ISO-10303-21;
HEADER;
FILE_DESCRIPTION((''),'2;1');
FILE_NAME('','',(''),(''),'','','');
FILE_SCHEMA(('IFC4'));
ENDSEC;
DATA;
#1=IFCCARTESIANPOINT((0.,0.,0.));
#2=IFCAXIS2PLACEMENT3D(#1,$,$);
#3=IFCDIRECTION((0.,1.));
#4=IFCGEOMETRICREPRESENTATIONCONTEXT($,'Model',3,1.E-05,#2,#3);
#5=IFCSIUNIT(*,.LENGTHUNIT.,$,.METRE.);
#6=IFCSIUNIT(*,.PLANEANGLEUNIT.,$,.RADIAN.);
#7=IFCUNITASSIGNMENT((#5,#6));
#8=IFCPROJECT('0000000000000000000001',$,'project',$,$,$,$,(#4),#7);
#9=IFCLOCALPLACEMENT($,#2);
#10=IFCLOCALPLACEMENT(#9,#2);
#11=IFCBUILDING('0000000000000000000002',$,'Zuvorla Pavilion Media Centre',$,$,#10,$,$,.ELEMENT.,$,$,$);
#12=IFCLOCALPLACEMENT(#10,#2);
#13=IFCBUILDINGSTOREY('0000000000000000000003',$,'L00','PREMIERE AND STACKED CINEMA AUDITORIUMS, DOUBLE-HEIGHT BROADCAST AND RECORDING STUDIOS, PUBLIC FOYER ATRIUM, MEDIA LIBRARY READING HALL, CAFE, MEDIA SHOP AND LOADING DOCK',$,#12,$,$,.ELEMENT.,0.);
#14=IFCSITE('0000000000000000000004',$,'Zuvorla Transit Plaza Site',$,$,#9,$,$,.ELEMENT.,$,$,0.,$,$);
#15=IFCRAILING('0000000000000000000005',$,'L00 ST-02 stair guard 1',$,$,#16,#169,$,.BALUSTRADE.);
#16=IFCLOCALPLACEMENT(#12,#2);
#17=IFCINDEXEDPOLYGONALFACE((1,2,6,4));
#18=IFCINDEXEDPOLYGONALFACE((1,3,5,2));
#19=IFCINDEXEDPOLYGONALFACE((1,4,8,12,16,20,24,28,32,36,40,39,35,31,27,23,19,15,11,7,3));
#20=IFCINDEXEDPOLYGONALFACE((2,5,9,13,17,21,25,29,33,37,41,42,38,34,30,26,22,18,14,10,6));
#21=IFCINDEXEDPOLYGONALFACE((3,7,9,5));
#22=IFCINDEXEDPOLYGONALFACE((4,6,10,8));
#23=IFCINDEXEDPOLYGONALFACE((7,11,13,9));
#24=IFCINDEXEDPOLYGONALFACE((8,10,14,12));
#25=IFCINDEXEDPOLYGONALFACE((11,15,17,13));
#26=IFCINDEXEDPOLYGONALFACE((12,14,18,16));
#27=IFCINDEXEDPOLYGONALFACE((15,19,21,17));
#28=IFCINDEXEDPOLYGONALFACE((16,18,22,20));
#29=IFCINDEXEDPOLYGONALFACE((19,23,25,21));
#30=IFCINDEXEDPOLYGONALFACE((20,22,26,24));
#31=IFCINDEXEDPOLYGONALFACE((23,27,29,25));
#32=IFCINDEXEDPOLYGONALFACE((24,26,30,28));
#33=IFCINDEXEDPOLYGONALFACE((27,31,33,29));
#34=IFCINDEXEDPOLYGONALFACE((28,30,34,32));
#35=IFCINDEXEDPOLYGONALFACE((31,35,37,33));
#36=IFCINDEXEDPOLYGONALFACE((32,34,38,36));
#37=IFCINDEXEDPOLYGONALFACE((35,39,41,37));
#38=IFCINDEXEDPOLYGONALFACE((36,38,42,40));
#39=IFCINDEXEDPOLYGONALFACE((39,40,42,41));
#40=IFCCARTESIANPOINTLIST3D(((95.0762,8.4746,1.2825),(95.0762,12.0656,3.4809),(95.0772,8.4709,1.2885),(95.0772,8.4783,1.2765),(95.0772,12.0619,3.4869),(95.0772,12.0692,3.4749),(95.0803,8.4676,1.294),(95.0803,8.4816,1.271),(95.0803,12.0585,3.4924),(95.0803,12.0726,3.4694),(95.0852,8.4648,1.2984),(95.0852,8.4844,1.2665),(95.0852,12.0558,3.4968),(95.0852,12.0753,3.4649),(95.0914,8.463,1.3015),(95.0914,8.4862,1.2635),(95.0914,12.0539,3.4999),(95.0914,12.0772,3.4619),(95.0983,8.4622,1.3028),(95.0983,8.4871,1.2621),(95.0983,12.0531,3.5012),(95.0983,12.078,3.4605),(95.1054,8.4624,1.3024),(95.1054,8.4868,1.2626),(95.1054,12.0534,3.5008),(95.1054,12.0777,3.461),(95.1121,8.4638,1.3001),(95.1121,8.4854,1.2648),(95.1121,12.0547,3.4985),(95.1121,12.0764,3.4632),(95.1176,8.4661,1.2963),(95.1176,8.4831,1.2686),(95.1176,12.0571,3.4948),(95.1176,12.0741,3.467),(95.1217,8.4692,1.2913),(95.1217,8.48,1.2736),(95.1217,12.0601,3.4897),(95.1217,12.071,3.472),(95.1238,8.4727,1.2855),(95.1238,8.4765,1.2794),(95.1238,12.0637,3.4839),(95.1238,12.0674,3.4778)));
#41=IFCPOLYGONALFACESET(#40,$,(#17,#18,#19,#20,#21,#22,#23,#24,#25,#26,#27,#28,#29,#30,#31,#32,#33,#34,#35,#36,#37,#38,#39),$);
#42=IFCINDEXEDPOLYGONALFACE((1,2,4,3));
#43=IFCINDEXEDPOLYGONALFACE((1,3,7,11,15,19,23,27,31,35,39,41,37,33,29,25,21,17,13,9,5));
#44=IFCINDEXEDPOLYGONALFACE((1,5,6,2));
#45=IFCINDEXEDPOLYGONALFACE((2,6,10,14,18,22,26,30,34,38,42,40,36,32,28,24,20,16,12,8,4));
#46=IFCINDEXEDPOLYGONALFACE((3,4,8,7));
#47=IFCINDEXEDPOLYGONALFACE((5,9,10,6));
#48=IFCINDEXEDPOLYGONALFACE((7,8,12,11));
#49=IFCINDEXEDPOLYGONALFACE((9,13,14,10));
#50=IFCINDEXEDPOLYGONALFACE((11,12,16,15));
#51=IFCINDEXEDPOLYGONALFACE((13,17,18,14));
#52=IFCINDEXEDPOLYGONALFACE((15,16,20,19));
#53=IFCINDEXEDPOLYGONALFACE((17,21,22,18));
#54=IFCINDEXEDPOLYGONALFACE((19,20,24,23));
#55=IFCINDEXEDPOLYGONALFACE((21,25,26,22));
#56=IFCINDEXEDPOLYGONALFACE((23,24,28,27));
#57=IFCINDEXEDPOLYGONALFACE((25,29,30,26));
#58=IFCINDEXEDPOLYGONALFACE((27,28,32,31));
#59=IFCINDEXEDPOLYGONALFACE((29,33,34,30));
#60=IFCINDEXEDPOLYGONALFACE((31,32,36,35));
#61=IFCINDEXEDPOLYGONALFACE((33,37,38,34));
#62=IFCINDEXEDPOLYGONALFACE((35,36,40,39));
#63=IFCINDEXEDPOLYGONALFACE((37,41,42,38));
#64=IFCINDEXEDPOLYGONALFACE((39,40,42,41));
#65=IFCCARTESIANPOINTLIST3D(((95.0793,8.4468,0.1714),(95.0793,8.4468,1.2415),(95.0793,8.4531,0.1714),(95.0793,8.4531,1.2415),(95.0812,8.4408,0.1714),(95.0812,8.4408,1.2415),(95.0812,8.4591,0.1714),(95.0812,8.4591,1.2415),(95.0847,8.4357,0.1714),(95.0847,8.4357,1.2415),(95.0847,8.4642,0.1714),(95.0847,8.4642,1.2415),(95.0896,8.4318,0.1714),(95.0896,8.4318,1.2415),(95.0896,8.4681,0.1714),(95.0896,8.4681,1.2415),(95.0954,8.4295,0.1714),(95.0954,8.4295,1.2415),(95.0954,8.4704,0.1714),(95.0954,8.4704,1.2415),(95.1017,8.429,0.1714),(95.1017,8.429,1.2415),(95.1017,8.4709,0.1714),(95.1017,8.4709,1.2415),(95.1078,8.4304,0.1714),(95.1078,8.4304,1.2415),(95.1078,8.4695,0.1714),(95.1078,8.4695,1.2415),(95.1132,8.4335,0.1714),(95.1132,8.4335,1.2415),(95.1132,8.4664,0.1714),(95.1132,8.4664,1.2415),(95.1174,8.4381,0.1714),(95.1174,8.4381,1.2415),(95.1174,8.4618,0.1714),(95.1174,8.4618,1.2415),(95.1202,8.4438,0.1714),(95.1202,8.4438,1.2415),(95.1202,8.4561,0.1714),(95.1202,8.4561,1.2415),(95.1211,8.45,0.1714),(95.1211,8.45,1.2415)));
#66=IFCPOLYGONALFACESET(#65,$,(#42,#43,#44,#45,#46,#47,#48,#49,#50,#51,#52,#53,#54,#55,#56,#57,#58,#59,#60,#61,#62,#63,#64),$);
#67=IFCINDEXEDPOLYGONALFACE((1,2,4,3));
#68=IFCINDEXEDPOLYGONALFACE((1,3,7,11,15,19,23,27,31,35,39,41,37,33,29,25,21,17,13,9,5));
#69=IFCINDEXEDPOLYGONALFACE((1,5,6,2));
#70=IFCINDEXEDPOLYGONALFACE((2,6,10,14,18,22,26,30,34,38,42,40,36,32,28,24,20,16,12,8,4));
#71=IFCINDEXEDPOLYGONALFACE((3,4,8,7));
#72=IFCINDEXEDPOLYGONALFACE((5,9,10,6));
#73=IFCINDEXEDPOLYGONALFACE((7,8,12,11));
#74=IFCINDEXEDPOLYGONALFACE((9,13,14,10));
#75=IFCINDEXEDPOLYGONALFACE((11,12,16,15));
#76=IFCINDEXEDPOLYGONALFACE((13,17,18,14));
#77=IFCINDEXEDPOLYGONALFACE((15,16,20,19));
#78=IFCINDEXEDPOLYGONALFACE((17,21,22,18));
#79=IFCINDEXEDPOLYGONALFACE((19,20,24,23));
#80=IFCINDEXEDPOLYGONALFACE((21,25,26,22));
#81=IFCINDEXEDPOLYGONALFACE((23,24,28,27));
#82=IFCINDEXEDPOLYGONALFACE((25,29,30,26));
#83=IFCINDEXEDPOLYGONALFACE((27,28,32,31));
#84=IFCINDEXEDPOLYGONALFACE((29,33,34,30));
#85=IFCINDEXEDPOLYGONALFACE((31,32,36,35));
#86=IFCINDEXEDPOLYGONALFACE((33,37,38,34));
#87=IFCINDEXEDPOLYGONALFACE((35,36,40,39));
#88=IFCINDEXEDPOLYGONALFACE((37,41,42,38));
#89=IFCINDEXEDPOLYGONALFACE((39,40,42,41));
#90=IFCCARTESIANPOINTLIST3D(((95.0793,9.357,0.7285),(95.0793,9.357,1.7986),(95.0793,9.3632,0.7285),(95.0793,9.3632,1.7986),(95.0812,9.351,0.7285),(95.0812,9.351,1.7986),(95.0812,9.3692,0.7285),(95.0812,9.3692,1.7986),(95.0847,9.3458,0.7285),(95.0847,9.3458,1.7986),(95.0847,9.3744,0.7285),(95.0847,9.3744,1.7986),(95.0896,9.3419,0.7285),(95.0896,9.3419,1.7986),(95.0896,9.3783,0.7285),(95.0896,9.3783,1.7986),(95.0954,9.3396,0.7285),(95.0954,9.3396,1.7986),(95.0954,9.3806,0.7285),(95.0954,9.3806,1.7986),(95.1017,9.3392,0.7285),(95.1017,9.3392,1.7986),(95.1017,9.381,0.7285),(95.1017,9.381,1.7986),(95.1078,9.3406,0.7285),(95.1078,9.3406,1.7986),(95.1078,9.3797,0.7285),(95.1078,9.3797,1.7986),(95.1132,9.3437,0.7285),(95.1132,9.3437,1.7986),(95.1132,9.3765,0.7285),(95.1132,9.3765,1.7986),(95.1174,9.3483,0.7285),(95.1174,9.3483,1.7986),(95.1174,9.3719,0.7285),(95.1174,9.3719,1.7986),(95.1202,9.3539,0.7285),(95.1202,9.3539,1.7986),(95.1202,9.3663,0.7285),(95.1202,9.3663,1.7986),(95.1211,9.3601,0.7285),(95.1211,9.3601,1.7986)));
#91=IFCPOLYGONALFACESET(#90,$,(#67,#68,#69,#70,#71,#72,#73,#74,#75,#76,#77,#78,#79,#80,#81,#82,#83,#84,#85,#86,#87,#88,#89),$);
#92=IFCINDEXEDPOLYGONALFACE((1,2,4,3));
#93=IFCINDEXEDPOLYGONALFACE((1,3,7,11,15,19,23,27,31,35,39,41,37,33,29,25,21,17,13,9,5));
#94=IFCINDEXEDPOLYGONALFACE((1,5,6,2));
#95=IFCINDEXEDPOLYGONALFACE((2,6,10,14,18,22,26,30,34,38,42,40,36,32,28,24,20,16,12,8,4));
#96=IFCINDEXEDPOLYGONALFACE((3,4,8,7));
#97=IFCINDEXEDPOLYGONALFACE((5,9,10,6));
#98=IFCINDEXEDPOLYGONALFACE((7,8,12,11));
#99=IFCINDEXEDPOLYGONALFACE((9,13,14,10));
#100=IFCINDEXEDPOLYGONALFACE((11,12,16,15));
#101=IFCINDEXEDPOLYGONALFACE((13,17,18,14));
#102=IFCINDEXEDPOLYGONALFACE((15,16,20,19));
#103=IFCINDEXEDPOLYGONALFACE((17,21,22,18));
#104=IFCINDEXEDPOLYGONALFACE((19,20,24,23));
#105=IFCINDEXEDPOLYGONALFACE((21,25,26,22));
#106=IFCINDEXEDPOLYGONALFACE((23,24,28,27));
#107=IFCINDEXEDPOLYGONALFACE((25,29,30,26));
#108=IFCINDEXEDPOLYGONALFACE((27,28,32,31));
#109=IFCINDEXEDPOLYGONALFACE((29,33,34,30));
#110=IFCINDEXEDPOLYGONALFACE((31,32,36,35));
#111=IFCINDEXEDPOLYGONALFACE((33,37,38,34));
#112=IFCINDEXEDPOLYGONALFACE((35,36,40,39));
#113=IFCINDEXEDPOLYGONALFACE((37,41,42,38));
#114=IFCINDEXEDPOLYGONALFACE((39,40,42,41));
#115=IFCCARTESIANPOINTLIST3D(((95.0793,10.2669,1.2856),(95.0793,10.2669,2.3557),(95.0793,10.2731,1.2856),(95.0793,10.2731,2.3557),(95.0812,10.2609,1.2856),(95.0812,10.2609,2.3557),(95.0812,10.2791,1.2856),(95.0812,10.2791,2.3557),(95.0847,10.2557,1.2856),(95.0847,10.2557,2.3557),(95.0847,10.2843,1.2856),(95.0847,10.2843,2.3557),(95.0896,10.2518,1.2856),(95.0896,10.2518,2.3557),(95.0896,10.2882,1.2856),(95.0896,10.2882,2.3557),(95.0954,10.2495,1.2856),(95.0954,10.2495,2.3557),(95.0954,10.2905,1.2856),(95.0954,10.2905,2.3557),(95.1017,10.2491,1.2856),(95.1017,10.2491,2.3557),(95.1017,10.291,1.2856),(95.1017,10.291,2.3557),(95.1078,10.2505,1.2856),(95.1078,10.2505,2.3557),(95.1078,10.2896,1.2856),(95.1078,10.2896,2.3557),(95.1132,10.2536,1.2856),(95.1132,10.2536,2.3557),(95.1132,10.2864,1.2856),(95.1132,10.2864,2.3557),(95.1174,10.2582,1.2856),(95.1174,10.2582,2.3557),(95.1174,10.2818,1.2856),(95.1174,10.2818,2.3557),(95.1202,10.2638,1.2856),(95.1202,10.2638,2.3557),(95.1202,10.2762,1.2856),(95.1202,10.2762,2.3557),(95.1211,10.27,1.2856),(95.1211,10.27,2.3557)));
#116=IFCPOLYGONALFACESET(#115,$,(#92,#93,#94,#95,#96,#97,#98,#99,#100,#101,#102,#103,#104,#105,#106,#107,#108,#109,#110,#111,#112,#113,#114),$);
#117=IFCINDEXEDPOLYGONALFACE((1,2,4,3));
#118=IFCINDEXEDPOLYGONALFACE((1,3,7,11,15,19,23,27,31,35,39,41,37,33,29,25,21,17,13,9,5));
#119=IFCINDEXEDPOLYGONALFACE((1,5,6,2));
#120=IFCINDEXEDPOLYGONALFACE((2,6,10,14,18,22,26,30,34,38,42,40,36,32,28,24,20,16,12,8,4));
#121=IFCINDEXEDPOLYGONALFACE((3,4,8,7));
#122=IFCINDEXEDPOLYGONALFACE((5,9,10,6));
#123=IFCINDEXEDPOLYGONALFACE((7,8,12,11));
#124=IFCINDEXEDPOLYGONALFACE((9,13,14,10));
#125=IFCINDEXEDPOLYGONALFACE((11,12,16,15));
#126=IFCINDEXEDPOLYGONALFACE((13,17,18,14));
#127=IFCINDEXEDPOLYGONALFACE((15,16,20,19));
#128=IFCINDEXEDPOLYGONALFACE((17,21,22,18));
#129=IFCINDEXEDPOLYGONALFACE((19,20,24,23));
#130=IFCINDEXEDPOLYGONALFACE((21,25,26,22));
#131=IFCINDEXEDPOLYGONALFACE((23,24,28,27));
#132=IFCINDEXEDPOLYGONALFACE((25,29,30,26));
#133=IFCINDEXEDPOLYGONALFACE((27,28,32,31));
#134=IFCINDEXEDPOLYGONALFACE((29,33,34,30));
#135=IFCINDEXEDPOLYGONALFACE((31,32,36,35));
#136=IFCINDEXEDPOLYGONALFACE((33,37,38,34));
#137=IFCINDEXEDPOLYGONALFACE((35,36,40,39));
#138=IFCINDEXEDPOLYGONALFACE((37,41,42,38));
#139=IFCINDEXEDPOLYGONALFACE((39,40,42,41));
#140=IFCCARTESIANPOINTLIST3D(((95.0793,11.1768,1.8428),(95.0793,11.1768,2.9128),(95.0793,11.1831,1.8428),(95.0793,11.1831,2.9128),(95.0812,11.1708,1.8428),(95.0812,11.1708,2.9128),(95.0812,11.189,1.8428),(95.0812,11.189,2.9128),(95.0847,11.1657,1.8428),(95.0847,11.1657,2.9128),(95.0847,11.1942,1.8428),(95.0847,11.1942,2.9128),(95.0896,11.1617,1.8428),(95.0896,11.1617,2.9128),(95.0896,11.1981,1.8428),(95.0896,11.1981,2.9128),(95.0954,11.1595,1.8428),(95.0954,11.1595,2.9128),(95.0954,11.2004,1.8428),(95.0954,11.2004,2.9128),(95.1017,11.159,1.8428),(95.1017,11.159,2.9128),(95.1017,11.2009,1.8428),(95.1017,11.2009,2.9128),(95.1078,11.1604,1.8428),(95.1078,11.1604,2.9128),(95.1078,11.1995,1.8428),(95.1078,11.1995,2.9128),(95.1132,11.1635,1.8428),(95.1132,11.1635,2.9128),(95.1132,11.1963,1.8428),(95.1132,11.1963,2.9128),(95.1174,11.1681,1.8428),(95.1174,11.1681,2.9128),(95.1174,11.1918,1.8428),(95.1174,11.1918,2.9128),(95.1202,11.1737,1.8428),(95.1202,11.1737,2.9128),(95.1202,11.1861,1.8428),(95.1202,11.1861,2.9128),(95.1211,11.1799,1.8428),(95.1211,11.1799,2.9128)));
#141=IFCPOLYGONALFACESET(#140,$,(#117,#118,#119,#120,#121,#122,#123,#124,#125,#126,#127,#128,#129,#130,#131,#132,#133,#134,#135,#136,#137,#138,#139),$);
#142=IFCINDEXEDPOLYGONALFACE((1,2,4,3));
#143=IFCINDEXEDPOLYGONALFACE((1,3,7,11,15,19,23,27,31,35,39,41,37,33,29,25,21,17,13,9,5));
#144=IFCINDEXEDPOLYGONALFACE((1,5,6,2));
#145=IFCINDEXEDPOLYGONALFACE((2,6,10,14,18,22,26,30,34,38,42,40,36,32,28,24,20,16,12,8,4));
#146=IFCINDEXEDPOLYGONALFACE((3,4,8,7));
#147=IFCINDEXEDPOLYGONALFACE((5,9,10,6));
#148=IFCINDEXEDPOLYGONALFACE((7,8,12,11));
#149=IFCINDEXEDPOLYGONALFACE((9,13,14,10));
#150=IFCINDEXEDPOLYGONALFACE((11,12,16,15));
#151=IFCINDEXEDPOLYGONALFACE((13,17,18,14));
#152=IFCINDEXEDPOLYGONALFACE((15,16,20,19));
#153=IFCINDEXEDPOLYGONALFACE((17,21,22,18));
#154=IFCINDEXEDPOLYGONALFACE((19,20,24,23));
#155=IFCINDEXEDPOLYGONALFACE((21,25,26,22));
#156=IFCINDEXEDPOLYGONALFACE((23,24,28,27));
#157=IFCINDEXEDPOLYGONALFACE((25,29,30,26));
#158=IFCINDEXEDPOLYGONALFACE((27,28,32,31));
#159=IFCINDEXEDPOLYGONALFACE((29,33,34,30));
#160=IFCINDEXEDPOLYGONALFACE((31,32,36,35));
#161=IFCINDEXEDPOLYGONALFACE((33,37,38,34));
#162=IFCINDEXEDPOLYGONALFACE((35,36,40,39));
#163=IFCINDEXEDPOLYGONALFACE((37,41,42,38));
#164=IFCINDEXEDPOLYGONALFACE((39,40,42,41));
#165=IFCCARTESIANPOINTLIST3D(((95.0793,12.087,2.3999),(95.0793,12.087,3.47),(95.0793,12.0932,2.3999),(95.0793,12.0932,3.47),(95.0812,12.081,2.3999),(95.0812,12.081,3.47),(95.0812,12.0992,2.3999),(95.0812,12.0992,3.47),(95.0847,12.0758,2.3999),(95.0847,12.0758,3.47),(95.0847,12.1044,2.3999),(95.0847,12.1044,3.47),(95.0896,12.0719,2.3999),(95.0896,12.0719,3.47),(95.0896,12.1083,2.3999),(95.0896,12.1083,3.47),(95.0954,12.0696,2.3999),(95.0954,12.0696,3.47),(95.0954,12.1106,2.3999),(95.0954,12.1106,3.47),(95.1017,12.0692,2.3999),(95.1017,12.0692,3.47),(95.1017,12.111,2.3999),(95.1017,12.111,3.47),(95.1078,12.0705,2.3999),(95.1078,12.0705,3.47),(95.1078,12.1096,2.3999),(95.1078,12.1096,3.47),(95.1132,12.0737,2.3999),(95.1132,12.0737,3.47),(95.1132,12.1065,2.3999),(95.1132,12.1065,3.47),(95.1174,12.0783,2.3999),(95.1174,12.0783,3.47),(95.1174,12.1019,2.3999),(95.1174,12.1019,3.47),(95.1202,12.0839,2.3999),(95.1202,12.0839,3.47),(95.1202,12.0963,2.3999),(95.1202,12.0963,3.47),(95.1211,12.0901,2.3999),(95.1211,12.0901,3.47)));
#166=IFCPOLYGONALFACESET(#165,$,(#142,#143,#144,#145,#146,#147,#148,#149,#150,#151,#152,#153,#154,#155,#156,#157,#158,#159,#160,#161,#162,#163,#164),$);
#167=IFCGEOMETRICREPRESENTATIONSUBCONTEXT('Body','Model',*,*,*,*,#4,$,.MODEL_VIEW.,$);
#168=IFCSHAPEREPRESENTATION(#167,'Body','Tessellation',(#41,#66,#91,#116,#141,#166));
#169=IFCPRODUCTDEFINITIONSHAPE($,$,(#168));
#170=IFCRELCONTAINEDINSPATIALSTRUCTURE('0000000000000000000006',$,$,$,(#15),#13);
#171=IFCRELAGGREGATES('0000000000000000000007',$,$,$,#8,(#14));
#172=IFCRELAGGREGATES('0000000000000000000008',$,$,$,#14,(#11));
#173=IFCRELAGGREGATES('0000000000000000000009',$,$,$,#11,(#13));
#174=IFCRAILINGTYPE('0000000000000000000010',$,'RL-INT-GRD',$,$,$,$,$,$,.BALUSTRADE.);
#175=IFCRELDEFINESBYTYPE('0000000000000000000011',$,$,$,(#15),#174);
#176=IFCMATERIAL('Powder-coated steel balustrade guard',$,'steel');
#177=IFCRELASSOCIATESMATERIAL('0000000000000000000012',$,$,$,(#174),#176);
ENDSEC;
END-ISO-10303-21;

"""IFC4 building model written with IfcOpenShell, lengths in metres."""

from ifc_helpers import new_model, si_unit, direction, frame, origin, origin_2d, place, context, subcontext, project, spatial, circle, extrude, material, type_object, element, save


model = new_model("IFC4")

# Units and contexts
model_context = context("Model", 3, precision=1e-05, world=origin(), true_north=direction((0.0, 1.0)))
body_context = subcontext(model_context, "Body", "Model", "MODEL_VIEW")
ifc_project = project(units=[si_unit("LENGTHUNIT", "METRE"), si_unit("PLANEANGLEUNIT", "RADIAN")], contexts=[model_context])

# Site, building, storey
site_placement = place(None, origin())
site = spatial("IfcSite", under=ifc_project, at=site_placement, Name="Zuvorla Transit Plaza Site", CompositionType="ELEMENT", RefElevation=0.0)
building_placement = place(site_placement, origin())
building = spatial("IfcBuilding", under=site, at=building_placement, Name="Zuvorla Pavilion Media Centre", CompositionType="ELEMENT")
storey_placement = place(building_placement, origin())
storey = spatial("IfcBuildingStorey", under=building, at=storey_placement, Name="L00", Description="PREMIERE AND STACKED CINEMA AUDITORIUMS, DOUBLE-HEIGHT BROADCAST AND RECORDING STUDIOS, PUBLIC FOYER ATRIUM, MEDIA LIBRARY READING HALL, CAFE, MEDIA SHOP AND LOADING DOCK", CompositionType="ELEMENT", Elevation=0.0)

# Railing
ifc_material_1 = material(Name="Powder-coated steel balustrade guard", Category="steel")
railing_type_1 = type_object("IfcRailingType", Name="RL-INT-GRD", PredefinedType="BALUSTRADE", material=ifc_material_1)
railing_1_placement = place(storey_placement, frame((95.1001, 8.45, 0.1714)))
element("IfcRailing", 1, at=railing_1_placement, inside=storey, type_object=railing_type_1, Name="L00 ST-02 stair guard 1", PredefinedType="BALUSTRADE", context=body_context, shape_type="SweptSolid", body=[
    extrude(circle(Radius=0.0239, at=origin_2d()), frame((0.0, 0.0247, 1.1111), z_axis=(0.0, 0.852866, 0.52213), x_axis=(-1.0, 0.0, 0.0)), (0.0, 0.0, 1.0), 4.2104),
    extrude(circle(Radius=0.021, at=origin_2d()), origin(), (0.0, 0.0, 1.0), 1.0701),
    extrude(circle(Radius=0.021, at=origin_2d()), frame((0.0, 0.9102, 0.5571)), (0.0, 0.0, 1.0), 1.0701),
    extrude(circle(Radius=0.021, at=origin_2d()), frame((0.0, 1.8201, 1.1143)), (0.0, 0.0, 1.0), 1.0701),
    extrude(circle(Radius=0.021, at=origin_2d()), frame((0.0, 2.73, 1.6714)), (0.0, 0.0, 1.0), 1.0701),
    extrude(circle(Radius=0.021, at=origin_2d()), frame((0.0, 3.6401, 2.2285)), (0.0, 0.0, 1.0), 1.0701),
])

save(model, "model.ifc")
